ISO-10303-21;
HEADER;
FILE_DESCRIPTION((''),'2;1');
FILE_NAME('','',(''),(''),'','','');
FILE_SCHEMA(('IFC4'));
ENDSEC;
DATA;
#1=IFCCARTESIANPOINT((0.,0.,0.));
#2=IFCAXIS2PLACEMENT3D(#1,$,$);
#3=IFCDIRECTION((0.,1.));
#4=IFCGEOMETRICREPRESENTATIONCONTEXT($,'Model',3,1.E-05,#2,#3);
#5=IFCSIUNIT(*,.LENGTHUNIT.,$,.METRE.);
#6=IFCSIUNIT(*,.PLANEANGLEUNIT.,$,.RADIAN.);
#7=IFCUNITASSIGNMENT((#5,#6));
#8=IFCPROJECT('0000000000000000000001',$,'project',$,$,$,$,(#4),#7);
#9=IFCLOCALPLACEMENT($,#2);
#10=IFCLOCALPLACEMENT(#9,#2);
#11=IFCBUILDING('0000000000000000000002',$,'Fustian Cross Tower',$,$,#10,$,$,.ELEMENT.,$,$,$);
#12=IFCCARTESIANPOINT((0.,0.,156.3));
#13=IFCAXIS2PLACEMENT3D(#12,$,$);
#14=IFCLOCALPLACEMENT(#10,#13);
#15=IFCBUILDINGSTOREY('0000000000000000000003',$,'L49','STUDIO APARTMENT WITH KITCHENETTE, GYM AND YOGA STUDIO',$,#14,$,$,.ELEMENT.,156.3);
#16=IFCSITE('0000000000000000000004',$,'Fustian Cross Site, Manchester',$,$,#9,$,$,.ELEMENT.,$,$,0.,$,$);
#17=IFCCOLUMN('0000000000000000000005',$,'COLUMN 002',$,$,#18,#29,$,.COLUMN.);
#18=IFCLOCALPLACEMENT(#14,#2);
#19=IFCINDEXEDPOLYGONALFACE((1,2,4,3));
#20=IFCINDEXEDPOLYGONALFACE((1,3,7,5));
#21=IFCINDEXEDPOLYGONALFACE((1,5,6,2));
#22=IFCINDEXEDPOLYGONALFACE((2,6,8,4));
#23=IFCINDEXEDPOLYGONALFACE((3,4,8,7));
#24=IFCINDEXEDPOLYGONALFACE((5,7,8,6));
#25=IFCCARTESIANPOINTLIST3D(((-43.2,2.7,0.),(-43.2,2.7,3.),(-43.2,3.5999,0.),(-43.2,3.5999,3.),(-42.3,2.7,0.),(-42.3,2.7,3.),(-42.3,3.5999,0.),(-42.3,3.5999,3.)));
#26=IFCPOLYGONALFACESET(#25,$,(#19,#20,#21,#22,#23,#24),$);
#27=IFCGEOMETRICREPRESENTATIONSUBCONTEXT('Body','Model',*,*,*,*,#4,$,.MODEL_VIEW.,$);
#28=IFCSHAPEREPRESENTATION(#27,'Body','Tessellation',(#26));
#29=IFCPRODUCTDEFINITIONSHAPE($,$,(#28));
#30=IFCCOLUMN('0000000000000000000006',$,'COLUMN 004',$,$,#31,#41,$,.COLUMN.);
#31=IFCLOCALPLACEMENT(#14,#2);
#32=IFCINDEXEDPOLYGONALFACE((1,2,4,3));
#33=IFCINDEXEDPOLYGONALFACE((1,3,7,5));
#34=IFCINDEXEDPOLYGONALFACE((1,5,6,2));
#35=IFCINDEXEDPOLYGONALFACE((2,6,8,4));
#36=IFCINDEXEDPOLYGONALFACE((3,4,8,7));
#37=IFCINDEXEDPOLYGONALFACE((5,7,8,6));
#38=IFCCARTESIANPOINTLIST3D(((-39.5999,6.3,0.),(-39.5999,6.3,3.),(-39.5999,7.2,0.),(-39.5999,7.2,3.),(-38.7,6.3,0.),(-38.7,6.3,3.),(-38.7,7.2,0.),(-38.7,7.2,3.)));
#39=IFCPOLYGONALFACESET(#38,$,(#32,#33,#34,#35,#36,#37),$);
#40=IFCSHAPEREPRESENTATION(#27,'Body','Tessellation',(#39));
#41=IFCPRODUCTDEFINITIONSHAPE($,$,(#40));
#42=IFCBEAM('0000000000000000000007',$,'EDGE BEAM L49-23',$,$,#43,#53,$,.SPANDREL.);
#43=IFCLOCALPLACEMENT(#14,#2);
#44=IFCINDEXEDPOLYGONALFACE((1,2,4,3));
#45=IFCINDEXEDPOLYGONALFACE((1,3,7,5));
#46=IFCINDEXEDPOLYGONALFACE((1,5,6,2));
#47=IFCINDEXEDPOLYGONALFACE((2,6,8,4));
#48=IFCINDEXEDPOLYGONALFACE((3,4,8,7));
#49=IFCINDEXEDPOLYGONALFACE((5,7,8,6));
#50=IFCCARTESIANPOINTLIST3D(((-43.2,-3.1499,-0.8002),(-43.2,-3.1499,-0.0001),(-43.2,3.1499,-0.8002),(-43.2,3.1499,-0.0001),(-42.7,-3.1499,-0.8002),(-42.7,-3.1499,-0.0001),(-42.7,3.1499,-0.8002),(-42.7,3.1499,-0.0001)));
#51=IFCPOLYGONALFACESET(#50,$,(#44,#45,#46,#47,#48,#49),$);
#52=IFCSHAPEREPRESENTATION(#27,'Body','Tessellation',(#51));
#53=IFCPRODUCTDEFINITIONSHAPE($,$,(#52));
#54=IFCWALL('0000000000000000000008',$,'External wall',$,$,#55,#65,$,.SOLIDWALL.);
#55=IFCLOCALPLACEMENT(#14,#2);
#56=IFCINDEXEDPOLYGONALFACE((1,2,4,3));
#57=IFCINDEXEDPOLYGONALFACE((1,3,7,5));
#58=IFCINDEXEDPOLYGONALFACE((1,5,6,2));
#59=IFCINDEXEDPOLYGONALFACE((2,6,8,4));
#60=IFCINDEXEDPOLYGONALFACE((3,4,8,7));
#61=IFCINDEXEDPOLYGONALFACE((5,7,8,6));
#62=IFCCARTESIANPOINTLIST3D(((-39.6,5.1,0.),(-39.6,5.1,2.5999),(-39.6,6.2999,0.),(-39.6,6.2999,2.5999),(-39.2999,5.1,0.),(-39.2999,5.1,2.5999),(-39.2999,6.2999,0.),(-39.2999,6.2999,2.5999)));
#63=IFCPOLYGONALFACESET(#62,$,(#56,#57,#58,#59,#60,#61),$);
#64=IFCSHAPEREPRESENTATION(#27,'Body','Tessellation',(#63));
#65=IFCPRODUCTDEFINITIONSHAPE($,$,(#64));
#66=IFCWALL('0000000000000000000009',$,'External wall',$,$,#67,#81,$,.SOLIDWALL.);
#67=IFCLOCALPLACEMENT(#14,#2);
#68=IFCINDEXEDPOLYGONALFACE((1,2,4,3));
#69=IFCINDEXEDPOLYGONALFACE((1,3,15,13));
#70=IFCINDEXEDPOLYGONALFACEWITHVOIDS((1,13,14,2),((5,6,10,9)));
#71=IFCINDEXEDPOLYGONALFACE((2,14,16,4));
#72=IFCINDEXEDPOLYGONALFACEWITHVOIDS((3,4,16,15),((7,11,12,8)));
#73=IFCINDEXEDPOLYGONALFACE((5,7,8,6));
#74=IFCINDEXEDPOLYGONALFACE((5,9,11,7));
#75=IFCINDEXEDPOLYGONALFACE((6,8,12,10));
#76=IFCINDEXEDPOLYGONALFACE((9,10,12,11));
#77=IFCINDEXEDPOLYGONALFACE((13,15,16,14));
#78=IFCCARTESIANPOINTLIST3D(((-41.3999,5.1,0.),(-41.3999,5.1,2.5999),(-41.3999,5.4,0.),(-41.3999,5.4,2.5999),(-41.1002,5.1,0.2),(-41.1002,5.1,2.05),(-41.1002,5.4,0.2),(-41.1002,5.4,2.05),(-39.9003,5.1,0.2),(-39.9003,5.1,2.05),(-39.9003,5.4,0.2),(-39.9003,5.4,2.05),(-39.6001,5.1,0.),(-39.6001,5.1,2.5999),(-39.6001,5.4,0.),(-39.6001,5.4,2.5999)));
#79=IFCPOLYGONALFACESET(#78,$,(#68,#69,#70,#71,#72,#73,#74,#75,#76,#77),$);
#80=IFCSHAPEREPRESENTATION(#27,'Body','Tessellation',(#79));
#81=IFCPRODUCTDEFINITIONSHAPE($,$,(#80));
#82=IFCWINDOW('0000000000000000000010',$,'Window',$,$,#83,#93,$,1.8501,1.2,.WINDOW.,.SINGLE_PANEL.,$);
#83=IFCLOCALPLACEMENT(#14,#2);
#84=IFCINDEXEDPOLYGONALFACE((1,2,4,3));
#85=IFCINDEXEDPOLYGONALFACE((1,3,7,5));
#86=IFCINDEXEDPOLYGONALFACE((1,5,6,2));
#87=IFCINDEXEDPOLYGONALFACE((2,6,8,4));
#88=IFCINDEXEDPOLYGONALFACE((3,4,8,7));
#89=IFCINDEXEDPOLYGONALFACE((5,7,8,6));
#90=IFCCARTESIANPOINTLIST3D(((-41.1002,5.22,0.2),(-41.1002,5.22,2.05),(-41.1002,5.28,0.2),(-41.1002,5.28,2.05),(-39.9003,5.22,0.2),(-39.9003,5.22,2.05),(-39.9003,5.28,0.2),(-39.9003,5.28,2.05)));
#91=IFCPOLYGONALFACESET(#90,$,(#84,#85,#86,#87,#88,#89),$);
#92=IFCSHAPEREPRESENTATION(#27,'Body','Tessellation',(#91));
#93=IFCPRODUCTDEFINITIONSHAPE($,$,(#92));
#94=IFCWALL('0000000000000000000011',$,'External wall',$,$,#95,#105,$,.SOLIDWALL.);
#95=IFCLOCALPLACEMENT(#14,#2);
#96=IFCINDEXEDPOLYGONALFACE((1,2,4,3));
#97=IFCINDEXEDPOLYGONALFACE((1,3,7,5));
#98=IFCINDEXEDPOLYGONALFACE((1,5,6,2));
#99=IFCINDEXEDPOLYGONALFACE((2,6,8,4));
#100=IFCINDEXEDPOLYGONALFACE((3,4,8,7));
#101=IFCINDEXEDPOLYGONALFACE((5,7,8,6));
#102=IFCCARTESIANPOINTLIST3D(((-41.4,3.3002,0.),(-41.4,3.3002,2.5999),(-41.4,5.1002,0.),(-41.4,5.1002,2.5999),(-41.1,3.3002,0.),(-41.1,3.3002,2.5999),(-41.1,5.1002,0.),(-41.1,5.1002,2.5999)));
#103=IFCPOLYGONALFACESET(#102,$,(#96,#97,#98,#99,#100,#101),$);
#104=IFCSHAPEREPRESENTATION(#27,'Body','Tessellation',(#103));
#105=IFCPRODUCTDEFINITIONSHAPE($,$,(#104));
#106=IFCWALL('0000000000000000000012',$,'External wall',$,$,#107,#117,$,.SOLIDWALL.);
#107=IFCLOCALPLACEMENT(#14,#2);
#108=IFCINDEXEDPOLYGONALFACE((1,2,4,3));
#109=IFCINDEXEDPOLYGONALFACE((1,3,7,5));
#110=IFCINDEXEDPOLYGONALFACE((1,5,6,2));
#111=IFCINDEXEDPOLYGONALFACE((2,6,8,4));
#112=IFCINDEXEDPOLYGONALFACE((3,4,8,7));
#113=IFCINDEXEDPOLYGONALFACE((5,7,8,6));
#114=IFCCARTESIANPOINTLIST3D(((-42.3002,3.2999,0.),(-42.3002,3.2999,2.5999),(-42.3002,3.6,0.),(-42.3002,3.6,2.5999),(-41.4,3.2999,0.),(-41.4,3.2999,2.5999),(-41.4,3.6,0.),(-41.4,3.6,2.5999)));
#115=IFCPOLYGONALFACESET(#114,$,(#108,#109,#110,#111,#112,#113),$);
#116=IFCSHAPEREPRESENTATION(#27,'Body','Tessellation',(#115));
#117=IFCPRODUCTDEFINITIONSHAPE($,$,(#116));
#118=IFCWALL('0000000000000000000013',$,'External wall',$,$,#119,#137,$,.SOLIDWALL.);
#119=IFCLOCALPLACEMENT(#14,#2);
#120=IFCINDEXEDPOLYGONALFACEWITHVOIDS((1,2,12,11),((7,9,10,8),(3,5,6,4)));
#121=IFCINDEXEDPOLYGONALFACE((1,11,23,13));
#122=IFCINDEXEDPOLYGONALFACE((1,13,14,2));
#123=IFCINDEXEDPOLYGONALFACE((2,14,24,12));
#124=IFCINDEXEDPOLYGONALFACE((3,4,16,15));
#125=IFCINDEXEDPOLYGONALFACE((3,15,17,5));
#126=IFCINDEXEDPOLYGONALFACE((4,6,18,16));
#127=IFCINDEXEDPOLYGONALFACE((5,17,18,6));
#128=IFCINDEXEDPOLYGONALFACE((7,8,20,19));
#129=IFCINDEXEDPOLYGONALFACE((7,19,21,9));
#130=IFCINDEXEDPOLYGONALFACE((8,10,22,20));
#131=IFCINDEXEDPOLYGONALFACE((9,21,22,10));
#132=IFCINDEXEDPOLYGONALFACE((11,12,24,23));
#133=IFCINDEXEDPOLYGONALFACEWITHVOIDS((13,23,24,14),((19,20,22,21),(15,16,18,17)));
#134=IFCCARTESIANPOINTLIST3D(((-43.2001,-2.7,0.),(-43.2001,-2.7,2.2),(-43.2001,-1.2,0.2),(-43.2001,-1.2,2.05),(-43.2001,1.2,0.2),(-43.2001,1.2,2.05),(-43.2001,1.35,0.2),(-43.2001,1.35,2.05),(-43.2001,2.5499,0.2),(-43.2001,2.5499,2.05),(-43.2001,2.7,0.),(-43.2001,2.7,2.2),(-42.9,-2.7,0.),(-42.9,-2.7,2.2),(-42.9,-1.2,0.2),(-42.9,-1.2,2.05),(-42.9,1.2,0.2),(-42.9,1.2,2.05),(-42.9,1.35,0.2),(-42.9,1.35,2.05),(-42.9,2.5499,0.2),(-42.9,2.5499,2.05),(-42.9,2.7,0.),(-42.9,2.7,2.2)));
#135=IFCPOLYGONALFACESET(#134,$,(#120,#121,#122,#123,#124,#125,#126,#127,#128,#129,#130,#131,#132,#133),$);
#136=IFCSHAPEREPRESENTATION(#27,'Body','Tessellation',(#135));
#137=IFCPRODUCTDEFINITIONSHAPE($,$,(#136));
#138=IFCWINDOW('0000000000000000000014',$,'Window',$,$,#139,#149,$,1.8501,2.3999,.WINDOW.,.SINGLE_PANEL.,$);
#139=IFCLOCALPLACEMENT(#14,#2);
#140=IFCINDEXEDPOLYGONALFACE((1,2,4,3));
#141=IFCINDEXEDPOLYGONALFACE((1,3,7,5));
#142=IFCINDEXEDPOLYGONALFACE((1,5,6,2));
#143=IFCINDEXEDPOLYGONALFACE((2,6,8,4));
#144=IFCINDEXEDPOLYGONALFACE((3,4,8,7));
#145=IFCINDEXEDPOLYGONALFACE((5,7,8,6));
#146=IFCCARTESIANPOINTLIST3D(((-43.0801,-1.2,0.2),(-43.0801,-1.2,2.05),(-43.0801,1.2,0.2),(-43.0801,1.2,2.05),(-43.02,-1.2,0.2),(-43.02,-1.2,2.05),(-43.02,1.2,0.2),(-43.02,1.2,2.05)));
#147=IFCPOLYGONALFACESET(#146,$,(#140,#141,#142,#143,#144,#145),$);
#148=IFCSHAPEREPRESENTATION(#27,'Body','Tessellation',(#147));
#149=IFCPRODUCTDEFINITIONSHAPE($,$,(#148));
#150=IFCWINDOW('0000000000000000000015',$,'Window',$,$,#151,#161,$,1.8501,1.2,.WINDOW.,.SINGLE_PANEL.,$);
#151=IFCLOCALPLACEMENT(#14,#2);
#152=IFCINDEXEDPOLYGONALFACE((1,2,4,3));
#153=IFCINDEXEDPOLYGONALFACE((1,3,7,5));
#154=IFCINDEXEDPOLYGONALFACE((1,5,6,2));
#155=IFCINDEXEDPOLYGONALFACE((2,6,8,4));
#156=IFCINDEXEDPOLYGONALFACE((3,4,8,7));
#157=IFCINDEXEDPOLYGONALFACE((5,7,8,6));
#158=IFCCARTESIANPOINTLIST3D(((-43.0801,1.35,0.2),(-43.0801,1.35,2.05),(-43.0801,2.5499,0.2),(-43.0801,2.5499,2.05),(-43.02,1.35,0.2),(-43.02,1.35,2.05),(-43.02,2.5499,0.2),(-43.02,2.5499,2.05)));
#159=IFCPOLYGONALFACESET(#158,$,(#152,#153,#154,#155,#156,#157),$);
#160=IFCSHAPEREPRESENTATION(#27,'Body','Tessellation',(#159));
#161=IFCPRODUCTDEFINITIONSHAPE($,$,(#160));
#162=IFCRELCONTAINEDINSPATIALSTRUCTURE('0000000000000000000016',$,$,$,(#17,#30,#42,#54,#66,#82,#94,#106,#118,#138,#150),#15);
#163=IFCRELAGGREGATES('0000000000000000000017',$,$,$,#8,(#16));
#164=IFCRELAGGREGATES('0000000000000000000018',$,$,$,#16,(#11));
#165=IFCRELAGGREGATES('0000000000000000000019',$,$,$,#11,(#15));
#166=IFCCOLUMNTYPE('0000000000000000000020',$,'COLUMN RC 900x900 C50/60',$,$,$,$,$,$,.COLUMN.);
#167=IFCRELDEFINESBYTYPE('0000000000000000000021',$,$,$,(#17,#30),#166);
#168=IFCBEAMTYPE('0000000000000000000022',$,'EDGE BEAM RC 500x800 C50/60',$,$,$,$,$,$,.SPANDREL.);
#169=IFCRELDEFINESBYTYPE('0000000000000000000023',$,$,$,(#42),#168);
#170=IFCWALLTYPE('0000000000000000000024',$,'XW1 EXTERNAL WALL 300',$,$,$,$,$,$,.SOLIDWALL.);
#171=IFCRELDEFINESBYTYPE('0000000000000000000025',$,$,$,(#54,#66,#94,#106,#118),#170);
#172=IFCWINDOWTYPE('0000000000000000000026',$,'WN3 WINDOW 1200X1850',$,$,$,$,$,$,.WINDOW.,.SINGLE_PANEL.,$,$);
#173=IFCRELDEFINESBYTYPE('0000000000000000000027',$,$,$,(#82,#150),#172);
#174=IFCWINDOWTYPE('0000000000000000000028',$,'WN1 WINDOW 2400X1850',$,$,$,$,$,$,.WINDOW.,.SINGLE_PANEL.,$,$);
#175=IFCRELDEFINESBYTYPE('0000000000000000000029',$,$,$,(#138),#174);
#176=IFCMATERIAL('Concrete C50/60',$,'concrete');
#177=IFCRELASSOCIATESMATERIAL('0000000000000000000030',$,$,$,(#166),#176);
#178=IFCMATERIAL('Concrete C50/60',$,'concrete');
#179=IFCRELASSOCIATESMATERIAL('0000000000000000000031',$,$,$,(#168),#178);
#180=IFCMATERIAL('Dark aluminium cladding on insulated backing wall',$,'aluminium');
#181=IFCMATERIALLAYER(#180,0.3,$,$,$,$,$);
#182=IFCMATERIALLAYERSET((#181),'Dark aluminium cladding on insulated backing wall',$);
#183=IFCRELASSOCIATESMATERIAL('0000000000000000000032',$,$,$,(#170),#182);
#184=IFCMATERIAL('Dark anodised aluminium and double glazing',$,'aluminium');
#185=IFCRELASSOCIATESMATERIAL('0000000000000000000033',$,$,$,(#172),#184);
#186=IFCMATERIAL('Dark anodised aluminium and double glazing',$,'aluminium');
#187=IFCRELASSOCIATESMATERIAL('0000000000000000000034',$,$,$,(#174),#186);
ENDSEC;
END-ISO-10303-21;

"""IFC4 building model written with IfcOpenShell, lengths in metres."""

from ifc_helpers import new_model, si_unit, direction, frame, frame_2d, origin, origin_2d, place, context, subcontext, project, spatial, rectangle, extrude, material, layer, layer_set, material_profile, profile_set, type_object, element, fill, save


model = new_model("IFC4")

# Units and contexts
model_context = context("Model", 3, precision=1e-05, world=origin(), true_north=direction((0.0, 1.0)))
body_context = subcontext(model_context, "Body", "Model", "MODEL_VIEW")
ifc_project = project(units=[si_unit("LENGTHUNIT", "METRE"), si_unit("PLANEANGLEUNIT", "RADIAN")], contexts=[model_context])

# Site, building, storey
site_placement = place(None, origin())
site = spatial("IfcSite", under=ifc_project, at=site_placement, Name="Fustian Cross Site, Manchester", CompositionType="ELEMENT", RefElevation=0.0)
building_placement = place(site_placement, origin())
building = spatial("IfcBuilding", under=site, at=building_placement, Name="Fustian Cross Tower", CompositionType="ELEMENT")
storey_placement = place(building_placement, frame((0.0, 0.0, 156.3)))
storey = spatial("IfcBuildingStorey", under=building, at=storey_placement, Name="L49", Description="STUDIO APARTMENT WITH KITCHENETTE, GYM AND YOGA STUDIO", CompositionType="ELEMENT", Elevation=156.3)

# Columns
ifc_material_1 = material(Name="Concrete C50/60", Category="concrete")
ifc_material_profile_1 = material_profile(ifc_material_1, rectangle(XDim=0.8999, YDim=0.8999, at=origin_2d()), Name="RC 900x900")
ifc_profile_set_1 = profile_set([ifc_material_profile_1], Name="Concrete C50/60")
column_type = type_object("IfcColumnType", Name="COLUMN RC 900x900 C50/60", PredefinedType="COLUMN", material=ifc_profile_set_1)
for number, where, z_axis, x_axis, name in (
    (1, (-42.75, 3.1499, 0.0), (0.0, 0.0, 1.0), (1.0, 0.0, 0.0), "COLUMN 002"),
    (2, (-39.1499, 6.75, 0.0), (0.0, 0.0, 1.0), (1.0, 0.0, 0.0), "COLUMN 004"),
):
    element("IfcColumn", number, at=place(storey_placement, frame(where, z_axis=z_axis, x_axis=x_axis)), inside=storey, type_object=column_type, Name=name, PredefinedType="COLUMN", context=body_context, shape_type="SweptSolid", body=[
        extrude(rectangle(XDim=0.8999, YDim=0.8999, at=origin_2d()), origin(), (0.0, 0.0, 1.0), 3.0),
    ])

# Beam
ifc_material_2 = material(Name="Concrete C50/60", Category="concrete")
ifc_material_profile_2 = material_profile(ifc_material_2, rectangle(XDim=0.5, YDim=0.8, at=origin_2d()), Name="RC 500x800")
ifc_profile_set_2 = profile_set([ifc_material_profile_2], Name="Concrete C50/60")
beam_type = type_object("IfcBeamType", Name="EDGE BEAM RC 500x800 C50/60", PredefinedType="SPANDREL", material=ifc_profile_set_2)
beam_placement = place(storey_placement, frame((-42.95, 3.1499, -0.4001), z_axis=(0.0, -1.0, 0.0), x_axis=(1.0, 0.0, 0.0)))
element("IfcBeam", 3, at=beam_placement, inside=storey, type_object=beam_type, Name="EDGE BEAM L49-23", PredefinedType="SPANDREL", context=body_context, shape_type="SweptSolid", body=[
    extrude(rectangle(XDim=0.5, YDim=0.8, at=origin_2d()), origin(), (0.0, 0.0, 1.0), 6.2998),
])

# Wall
ifc_material_3 = material(Name="Dark aluminium cladding on insulated backing wall", Category="aluminium")
ifc_layer = layer(ifc_material_3, 0.3)
ifc_layer_set = layer_set([ifc_layer], Name="Dark aluminium cladding on insulated backing wall")
wall_type = type_object("IfcWallType", Name="XW1 EXTERNAL WALL 300", PredefinedType="SOLIDWALL", material=ifc_layer_set)
wall_1_placement = place(storey_placement, frame((-39.45, 6.3, 0.0), z_axis=(0.0, 0.0, 1.0), x_axis=(0.0, -1.0, 0.0)))
element("IfcWall", 4, at=wall_1_placement, inside=storey, type_object=wall_type, Name="External wall", PredefinedType="SOLIDWALL", context=body_context, shape_type="SweptSolid", body=[
    extrude(rectangle(XDim=1.2, YDim=0.3, at=frame_2d((0.6001, 0.0))), origin(), (0.0, 0.0, 1.0), 2.5999),
])

# Wall, opening, window
wall_2_placement = place(storey_placement, frame((-39.6001, 5.25, 0.0), z_axis=(0.0, 0.0, 1.0), x_axis=(-1.0, 0.0, 0.0)))
wall_2 = element("IfcWall", 5, at=wall_2_placement, inside=storey, type_object=wall_type, Name="External wall", PredefinedType="SOLIDWALL", context=body_context, shape_type="SweptSolid", body=[
    extrude(rectangle(XDim=1.7998, YDim=0.3, at=frame_2d((0.8999, 0.0))), origin(), (0.0, 0.0, 1.0), 2.5999),
])
opening_1_placement = place(wall_2_placement, frame((0.3, 0.0, 0.2)))
opening_1 = element("IfcOpeningElement", 6, at=opening_1_placement, cuts=wall_2, PredefinedType="OPENING", context=body_context, shape_type="SweptSolid", body=[
    extrude(rectangle(XDim=1.2, YDim=1.8501, at=frame_2d((0.6001, 0.925))), frame((0.0, 0.1599, 0.0), z_axis=(0.0, -1.0, 0.0), x_axis=(1.0, 0.0, 0.0)), (0.0, 0.0, 1.0), 0.3201),
])
ifc_material_4 = material(Name="Dark anodised aluminium and double glazing", Category="aluminium")
window_type_1 = type_object("IfcWindowType", Name="WN3 WINDOW 1200X1850", PartitioningType="SINGLE_PANEL", PredefinedType="WINDOW", material=ifc_material_4)
window_1_placement = place(opening_1_placement, origin())
window_1 = element("IfcWindow", 7, at=window_1_placement, inside=storey, type_object=window_type_1, Name="Window", OverallHeight=1.8501, OverallWidth=1.2, PartitioningType="SINGLE_PANEL", PredefinedType="WINDOW", context=body_context, shape_type="SweptSolid", body=[
    extrude(rectangle(XDim=1.2, YDim=1.8501, at=frame_2d((0.6001, 0.925))), frame((0.0, 0.03, 0.0), z_axis=(0.0, -1.0, 0.0), x_axis=(1.0, 0.0, 0.0)), (0.0, 0.0, 1.0), 0.0601),
])
fill(opening_1, window_1)

# Walls
wall_3_placement = place(storey_placement, frame((-41.25, 5.1001, 0.0), z_axis=(0.0, 0.0, 1.0), x_axis=(0.0, -1.0, 0.0)))
element("IfcWall", 8, at=wall_3_placement, inside=storey, type_object=wall_type, Name="External wall", PredefinedType="SOLIDWALL", context=body_context, shape_type="SweptSolid", body=[
    extrude(rectangle(XDim=1.8, YDim=0.3, at=frame_2d((0.8999, 0.0))), origin(), (0.0, 0.0, 1.0), 2.5999),
])
wall_4_placement = place(storey_placement, frame((-41.3999, 3.45, 0.0), z_axis=(0.0, 0.0, 1.0), x_axis=(-1.0, 0.0, 0.0)))
element("IfcWall", 9, at=wall_4_placement, inside=storey, type_object=wall_type, Name="External wall", PredefinedType="SOLIDWALL", context=body_context, shape_type="SweptSolid", body=[
    extrude(rectangle(XDim=0.9001, YDim=0.3, at=frame_2d((0.4502, 0.0))), origin(), (0.0, 0.0, 1.0), 2.5999),
])

# Wall, openings, windows
wall_5_placement = place(storey_placement, frame((-43.05, 2.7, 0.0), z_axis=(0.0, 0.0, 1.0), x_axis=(0.0, -1.0, 0.0)))
wall_5 = element("IfcWall", 10, at=wall_5_placement, inside=storey, type_object=wall_type, Name="External wall", PredefinedType="SOLIDWALL", context=body_context, shape_type="SweptSolid", body=[
    extrude(rectangle(XDim=5.3999, YDim=0.3, at=frame_2d((2.7, 0.0))), origin(), (0.0, 0.0, 1.0), 2.2),
])
opening_2_placement = place(wall_5_placement, frame((1.5, 0.0, 0.2)))
opening_2 = element("IfcOpeningElement", 11, at=opening_2_placement, cuts=wall_5, PredefinedType="OPENING", context=body_context, shape_type="SweptSolid", body=[
    extrude(rectangle(XDim=2.3999, YDim=1.8501, at=frame_2d((1.2, 0.925))), frame((0.0, 0.1599, 0.0), z_axis=(0.0, -1.0, 0.0), x_axis=(1.0, 0.0, 0.0)), (0.0, 0.0, 1.0), 0.3201),
])
opening_3_placement = place(wall_5_placement, frame((0.1499, 0.0, 0.2)))
opening_3 = element("IfcOpeningElement", 12, at=opening_3_placement, cuts=wall_5, PredefinedType="OPENING", context=body_context, shape_type="SweptSolid", body=[
    extrude(rectangle(XDim=1.2, YDim=1.8501, at=frame_2d((0.6001, 0.925))), frame((0.0, 0.1599, 0.0), z_axis=(0.0, -1.0, 0.0), x_axis=(1.0, 0.0, 0.0)), (0.0, 0.0, 1.0), 0.3201),
])
ifc_material_5 = material(Name="Dark anodised aluminium and double glazing", Category="aluminium")
window_type_2 = type_object("IfcWindowType", Name="WN1 WINDOW 2400X1850", PartitioningType="SINGLE_PANEL", PredefinedType="WINDOW", material=ifc_material_5)
window_2_placement = place(opening_2_placement, origin())
window_2 = element("IfcWindow", 13, at=window_2_placement, inside=storey, type_object=window_type_2, Name="Window", OverallHeight=1.8501, OverallWidth=2.3999, PartitioningType="SINGLE_PANEL", PredefinedType="WINDOW", context=body_context, shape_type="SweptSolid", body=[
    extrude(rectangle(XDim=2.3999, YDim=1.8501, at=frame_2d((1.2, 0.925))), frame((0.0, 0.03, 0.0), z_axis=(0.0, -1.0, 0.0), x_axis=(1.0, 0.0, 0.0)), (0.0, 0.0, 1.0), 0.0601),
])
fill(opening_2, window_2)
window_3_placement = place(opening_3_placement, origin())
window_3 = element("IfcWindow", 14, at=window_3_placement, inside=storey, type_object=window_type_1, Name="Window", OverallHeight=1.8501, OverallWidth=1.2, PartitioningType="SINGLE_PANEL", PredefinedType="WINDOW", context=body_context, shape_type="SweptSolid", body=[
    extrude(rectangle(XDim=1.2, YDim=1.8501, at=frame_2d((0.6001, 0.925))), frame((0.0, 0.03, 0.0), z_axis=(0.0, -1.0, 0.0), x_axis=(1.0, 0.0, 0.0)), (0.0, 0.0, 1.0), 0.0601),
])
fill(opening_3, window_3)

save(model, "model.ifc")
